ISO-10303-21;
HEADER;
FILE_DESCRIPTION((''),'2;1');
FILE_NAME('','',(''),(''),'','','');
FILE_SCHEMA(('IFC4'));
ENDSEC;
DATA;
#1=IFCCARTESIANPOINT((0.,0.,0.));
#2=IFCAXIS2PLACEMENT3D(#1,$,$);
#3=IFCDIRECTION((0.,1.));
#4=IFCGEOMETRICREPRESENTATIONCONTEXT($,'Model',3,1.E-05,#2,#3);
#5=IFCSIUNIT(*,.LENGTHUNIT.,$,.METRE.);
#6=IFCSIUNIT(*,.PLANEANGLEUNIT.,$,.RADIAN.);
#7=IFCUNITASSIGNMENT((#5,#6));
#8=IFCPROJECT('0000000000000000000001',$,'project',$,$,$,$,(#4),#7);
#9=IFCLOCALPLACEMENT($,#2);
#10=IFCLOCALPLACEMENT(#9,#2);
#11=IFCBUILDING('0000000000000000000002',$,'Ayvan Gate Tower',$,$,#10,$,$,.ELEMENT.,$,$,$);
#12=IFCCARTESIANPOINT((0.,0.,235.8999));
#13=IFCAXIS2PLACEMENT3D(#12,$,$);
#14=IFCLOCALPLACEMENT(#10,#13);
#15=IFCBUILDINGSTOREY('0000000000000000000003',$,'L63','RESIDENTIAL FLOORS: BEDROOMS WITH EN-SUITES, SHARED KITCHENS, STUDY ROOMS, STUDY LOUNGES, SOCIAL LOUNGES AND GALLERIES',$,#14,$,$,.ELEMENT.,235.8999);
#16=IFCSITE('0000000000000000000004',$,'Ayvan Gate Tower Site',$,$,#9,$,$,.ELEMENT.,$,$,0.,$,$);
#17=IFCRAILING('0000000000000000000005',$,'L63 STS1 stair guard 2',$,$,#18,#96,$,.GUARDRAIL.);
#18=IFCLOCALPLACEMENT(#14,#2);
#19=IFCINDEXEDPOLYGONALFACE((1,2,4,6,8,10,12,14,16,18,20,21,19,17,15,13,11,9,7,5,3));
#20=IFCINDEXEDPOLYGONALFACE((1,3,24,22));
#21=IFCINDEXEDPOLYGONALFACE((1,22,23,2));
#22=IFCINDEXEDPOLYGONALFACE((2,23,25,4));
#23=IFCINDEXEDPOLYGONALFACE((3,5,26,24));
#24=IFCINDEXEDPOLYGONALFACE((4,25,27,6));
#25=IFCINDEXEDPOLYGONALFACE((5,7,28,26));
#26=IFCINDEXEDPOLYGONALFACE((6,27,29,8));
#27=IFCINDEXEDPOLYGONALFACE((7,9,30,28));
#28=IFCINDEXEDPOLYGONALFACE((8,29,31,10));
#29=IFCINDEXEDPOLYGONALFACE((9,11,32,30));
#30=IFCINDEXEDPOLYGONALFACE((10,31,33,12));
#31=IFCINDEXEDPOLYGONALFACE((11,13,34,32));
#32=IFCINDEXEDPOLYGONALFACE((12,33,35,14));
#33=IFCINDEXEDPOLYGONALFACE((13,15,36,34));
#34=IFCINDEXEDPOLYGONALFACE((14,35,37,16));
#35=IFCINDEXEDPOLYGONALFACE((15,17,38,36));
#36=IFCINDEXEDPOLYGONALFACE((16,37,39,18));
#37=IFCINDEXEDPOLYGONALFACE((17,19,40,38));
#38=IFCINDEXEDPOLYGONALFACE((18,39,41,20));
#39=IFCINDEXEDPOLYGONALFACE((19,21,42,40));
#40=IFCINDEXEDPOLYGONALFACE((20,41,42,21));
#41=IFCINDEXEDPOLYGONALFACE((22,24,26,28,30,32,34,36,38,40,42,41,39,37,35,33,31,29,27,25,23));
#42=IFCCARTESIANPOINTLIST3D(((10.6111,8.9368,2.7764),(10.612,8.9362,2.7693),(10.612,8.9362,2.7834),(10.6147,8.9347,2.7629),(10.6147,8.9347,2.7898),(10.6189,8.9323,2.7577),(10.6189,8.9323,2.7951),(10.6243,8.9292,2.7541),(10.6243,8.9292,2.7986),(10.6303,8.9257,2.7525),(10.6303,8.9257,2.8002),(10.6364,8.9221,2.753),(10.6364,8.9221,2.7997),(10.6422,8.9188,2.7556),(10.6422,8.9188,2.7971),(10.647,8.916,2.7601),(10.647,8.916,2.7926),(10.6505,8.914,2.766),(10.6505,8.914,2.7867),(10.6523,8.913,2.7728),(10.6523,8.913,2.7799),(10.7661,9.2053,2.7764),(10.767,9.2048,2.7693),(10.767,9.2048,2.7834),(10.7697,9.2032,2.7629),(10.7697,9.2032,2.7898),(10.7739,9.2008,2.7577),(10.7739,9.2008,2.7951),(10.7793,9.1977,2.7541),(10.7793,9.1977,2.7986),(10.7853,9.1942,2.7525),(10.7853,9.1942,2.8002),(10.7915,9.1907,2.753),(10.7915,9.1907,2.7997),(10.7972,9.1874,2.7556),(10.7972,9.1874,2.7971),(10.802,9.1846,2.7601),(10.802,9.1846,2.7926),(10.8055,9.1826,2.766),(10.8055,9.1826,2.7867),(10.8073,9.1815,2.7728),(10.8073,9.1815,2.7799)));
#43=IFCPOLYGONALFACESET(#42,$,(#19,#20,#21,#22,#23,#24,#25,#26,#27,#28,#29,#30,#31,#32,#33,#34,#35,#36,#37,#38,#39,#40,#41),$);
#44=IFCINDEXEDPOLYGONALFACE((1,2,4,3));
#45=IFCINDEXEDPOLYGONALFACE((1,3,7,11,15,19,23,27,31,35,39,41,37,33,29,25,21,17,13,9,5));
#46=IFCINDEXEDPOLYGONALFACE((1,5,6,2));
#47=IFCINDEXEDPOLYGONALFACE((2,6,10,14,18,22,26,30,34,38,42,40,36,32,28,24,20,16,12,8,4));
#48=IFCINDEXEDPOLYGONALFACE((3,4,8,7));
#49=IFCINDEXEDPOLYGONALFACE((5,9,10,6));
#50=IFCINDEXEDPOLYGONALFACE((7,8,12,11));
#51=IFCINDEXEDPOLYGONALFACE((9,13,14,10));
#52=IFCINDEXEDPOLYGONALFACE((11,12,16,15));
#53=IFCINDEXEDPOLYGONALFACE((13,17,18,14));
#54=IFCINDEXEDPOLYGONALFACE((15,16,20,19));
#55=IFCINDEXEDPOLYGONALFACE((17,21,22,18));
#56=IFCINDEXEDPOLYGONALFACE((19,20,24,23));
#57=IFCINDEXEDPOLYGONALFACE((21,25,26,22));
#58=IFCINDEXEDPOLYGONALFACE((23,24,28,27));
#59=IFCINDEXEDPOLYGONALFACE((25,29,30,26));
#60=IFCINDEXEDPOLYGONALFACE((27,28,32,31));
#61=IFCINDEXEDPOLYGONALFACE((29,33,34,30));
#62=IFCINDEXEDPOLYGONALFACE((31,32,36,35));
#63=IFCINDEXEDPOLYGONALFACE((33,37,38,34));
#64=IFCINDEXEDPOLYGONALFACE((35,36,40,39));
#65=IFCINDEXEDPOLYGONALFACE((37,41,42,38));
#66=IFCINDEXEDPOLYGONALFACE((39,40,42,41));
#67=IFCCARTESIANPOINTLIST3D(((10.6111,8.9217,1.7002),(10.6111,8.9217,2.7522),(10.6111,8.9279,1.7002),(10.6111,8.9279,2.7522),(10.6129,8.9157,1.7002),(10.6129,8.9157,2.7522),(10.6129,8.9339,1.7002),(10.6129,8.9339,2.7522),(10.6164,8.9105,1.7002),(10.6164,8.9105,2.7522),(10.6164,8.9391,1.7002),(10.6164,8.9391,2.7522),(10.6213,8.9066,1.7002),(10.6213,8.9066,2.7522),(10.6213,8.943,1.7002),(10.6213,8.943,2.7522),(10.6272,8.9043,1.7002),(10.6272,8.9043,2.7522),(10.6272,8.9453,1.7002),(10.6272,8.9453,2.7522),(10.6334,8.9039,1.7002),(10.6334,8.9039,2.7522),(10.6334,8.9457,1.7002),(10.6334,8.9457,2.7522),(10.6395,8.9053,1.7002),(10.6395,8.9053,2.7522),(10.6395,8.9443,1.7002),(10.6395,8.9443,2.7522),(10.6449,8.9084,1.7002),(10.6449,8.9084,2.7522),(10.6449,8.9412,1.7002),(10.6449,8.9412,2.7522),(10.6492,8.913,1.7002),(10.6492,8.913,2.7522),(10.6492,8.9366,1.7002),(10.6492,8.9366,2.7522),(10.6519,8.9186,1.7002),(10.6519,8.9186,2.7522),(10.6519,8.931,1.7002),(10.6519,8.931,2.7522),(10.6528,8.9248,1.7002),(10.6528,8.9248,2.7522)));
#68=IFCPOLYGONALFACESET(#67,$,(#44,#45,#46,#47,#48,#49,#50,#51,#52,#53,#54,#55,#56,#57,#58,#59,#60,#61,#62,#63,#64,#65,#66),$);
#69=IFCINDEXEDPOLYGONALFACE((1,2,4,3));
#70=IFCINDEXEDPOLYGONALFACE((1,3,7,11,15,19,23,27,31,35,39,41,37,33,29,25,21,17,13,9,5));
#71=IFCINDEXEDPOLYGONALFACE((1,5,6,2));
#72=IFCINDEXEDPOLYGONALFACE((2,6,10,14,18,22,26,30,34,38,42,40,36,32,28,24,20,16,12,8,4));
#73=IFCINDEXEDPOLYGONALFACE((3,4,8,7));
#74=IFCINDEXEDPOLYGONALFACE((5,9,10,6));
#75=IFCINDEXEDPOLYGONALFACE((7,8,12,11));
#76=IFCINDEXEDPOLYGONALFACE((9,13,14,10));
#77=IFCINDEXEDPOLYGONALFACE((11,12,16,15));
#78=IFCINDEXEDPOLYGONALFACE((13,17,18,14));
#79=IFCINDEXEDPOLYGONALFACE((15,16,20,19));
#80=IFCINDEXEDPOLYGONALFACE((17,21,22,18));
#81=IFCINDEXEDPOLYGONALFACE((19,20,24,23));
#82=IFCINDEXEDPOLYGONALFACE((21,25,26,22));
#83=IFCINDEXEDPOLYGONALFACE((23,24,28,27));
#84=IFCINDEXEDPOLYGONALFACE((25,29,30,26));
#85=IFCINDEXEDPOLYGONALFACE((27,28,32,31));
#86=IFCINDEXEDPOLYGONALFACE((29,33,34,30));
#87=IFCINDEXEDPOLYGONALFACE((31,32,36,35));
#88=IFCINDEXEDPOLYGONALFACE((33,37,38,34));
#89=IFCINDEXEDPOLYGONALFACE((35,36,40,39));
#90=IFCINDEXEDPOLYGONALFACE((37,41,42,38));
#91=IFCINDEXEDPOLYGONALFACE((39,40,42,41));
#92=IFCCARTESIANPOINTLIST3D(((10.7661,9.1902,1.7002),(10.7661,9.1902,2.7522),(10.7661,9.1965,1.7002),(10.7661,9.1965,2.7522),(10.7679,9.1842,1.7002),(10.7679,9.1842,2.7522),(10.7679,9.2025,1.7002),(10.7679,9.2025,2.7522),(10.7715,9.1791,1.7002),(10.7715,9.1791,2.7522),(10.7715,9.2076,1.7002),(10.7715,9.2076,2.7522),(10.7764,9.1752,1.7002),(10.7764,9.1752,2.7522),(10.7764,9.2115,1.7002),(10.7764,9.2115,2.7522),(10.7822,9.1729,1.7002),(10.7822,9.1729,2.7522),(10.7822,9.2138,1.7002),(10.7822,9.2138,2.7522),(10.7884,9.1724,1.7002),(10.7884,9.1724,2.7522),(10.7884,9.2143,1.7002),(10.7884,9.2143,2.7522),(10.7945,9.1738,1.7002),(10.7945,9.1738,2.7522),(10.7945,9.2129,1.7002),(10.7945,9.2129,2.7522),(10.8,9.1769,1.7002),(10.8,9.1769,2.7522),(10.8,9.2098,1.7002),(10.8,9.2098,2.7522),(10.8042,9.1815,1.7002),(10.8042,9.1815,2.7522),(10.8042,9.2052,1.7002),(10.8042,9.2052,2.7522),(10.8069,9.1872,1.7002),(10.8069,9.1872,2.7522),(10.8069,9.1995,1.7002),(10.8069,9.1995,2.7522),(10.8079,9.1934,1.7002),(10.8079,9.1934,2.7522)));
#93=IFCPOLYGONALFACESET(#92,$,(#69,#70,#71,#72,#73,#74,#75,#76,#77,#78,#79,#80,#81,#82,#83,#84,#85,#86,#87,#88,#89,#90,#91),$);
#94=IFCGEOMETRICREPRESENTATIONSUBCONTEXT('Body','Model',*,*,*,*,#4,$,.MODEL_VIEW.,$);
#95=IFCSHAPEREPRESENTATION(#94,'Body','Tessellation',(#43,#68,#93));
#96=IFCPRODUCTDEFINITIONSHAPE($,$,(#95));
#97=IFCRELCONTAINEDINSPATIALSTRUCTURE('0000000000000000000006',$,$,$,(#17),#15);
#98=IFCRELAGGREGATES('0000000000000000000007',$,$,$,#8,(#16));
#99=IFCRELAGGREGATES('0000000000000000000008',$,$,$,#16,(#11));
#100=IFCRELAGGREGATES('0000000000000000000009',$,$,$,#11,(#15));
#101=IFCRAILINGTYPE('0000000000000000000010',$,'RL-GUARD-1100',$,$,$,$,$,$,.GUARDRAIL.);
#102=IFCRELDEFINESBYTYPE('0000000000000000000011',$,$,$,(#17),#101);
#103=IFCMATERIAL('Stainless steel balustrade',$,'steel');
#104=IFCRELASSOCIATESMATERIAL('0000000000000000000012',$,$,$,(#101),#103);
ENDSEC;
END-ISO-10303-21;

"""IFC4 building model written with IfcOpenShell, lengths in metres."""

from ifc_helpers import new_model, si_unit, direction, frame, origin, origin_2d, place, context, subcontext, project, spatial, circle, extrude, material, type_object, element, save


model = new_model("IFC4")

# Units and contexts
model_context = context("Model", 3, precision=1e-05, world=origin(), true_north=direction((0.0, 1.0)))
body_context = subcontext(model_context, "Body", "Model", "MODEL_VIEW")
ifc_project = project(units=[si_unit("LENGTHUNIT", "METRE"), si_unit("PLANEANGLEUNIT", "RADIAN")], contexts=[model_context])

# Site, building, storey
site_placement = place(None, origin())
site = spatial("IfcSite", under=ifc_project, at=site_placement, Name="Ayvan Gate Tower Site", CompositionType="ELEMENT", RefElevation=0.0)
building_placement = place(site_placement, origin())
building = spatial("IfcBuilding", under=site, at=building_placement, Name="Ayvan Gate Tower", CompositionType="ELEMENT")
storey_placement = place(building_placement, frame((0.0, 0.0, 235.8999)))
storey = spatial("IfcBuildingStorey", under=building, at=storey_placement, Name="L63", Description="RESIDENTIAL FLOORS: BEDROOMS WITH EN-SUITES, SHARED KITCHENS, STUDY ROOMS, STUDY LOUNGES, SOCIAL LOUNGES AND GALLERIES", CompositionType="ELEMENT", Elevation=235.8999)

# Railing
ifc_material_1 = material(Name="Stainless steel balustrade", Category="steel")
railing_type_1 = type_object("IfcRailingType", Name="RL-GUARD-1100", PredefinedType="GUARDRAIL", material=ifc_material_1)
railing_1_placement = place(storey_placement, frame((10.6318, 8.9248, 1.7002)))
element("IfcRailing", 1, at=railing_1_placement, inside=storey, type_object=railing_type_1, Name="L63 STS1 stair guard 2", PredefinedType="GUARDRAIL", context=body_context, shape_type="SweptSolid", body=[
    extrude(circle(Radius=0.0239, at=origin_2d()), frame((0.0, 0.0, 1.0762), z_axis=(0.49995, 0.866054, 0.0), x_axis=(-0.866054, 0.49995, 0.0)), (0.0, 0.0, 1.0), 0.3101),
    extrude(circle(Radius=0.021, at=origin_2d()), origin(), (0.0, 0.0, 1.0), 1.052),
    extrude(circle(Radius=0.021, at=origin_2d()), frame((0.155, 0.2686, 0.0)), (0.0, 0.0, 1.0), 1.052),
])

save(model, "model.ifc")
